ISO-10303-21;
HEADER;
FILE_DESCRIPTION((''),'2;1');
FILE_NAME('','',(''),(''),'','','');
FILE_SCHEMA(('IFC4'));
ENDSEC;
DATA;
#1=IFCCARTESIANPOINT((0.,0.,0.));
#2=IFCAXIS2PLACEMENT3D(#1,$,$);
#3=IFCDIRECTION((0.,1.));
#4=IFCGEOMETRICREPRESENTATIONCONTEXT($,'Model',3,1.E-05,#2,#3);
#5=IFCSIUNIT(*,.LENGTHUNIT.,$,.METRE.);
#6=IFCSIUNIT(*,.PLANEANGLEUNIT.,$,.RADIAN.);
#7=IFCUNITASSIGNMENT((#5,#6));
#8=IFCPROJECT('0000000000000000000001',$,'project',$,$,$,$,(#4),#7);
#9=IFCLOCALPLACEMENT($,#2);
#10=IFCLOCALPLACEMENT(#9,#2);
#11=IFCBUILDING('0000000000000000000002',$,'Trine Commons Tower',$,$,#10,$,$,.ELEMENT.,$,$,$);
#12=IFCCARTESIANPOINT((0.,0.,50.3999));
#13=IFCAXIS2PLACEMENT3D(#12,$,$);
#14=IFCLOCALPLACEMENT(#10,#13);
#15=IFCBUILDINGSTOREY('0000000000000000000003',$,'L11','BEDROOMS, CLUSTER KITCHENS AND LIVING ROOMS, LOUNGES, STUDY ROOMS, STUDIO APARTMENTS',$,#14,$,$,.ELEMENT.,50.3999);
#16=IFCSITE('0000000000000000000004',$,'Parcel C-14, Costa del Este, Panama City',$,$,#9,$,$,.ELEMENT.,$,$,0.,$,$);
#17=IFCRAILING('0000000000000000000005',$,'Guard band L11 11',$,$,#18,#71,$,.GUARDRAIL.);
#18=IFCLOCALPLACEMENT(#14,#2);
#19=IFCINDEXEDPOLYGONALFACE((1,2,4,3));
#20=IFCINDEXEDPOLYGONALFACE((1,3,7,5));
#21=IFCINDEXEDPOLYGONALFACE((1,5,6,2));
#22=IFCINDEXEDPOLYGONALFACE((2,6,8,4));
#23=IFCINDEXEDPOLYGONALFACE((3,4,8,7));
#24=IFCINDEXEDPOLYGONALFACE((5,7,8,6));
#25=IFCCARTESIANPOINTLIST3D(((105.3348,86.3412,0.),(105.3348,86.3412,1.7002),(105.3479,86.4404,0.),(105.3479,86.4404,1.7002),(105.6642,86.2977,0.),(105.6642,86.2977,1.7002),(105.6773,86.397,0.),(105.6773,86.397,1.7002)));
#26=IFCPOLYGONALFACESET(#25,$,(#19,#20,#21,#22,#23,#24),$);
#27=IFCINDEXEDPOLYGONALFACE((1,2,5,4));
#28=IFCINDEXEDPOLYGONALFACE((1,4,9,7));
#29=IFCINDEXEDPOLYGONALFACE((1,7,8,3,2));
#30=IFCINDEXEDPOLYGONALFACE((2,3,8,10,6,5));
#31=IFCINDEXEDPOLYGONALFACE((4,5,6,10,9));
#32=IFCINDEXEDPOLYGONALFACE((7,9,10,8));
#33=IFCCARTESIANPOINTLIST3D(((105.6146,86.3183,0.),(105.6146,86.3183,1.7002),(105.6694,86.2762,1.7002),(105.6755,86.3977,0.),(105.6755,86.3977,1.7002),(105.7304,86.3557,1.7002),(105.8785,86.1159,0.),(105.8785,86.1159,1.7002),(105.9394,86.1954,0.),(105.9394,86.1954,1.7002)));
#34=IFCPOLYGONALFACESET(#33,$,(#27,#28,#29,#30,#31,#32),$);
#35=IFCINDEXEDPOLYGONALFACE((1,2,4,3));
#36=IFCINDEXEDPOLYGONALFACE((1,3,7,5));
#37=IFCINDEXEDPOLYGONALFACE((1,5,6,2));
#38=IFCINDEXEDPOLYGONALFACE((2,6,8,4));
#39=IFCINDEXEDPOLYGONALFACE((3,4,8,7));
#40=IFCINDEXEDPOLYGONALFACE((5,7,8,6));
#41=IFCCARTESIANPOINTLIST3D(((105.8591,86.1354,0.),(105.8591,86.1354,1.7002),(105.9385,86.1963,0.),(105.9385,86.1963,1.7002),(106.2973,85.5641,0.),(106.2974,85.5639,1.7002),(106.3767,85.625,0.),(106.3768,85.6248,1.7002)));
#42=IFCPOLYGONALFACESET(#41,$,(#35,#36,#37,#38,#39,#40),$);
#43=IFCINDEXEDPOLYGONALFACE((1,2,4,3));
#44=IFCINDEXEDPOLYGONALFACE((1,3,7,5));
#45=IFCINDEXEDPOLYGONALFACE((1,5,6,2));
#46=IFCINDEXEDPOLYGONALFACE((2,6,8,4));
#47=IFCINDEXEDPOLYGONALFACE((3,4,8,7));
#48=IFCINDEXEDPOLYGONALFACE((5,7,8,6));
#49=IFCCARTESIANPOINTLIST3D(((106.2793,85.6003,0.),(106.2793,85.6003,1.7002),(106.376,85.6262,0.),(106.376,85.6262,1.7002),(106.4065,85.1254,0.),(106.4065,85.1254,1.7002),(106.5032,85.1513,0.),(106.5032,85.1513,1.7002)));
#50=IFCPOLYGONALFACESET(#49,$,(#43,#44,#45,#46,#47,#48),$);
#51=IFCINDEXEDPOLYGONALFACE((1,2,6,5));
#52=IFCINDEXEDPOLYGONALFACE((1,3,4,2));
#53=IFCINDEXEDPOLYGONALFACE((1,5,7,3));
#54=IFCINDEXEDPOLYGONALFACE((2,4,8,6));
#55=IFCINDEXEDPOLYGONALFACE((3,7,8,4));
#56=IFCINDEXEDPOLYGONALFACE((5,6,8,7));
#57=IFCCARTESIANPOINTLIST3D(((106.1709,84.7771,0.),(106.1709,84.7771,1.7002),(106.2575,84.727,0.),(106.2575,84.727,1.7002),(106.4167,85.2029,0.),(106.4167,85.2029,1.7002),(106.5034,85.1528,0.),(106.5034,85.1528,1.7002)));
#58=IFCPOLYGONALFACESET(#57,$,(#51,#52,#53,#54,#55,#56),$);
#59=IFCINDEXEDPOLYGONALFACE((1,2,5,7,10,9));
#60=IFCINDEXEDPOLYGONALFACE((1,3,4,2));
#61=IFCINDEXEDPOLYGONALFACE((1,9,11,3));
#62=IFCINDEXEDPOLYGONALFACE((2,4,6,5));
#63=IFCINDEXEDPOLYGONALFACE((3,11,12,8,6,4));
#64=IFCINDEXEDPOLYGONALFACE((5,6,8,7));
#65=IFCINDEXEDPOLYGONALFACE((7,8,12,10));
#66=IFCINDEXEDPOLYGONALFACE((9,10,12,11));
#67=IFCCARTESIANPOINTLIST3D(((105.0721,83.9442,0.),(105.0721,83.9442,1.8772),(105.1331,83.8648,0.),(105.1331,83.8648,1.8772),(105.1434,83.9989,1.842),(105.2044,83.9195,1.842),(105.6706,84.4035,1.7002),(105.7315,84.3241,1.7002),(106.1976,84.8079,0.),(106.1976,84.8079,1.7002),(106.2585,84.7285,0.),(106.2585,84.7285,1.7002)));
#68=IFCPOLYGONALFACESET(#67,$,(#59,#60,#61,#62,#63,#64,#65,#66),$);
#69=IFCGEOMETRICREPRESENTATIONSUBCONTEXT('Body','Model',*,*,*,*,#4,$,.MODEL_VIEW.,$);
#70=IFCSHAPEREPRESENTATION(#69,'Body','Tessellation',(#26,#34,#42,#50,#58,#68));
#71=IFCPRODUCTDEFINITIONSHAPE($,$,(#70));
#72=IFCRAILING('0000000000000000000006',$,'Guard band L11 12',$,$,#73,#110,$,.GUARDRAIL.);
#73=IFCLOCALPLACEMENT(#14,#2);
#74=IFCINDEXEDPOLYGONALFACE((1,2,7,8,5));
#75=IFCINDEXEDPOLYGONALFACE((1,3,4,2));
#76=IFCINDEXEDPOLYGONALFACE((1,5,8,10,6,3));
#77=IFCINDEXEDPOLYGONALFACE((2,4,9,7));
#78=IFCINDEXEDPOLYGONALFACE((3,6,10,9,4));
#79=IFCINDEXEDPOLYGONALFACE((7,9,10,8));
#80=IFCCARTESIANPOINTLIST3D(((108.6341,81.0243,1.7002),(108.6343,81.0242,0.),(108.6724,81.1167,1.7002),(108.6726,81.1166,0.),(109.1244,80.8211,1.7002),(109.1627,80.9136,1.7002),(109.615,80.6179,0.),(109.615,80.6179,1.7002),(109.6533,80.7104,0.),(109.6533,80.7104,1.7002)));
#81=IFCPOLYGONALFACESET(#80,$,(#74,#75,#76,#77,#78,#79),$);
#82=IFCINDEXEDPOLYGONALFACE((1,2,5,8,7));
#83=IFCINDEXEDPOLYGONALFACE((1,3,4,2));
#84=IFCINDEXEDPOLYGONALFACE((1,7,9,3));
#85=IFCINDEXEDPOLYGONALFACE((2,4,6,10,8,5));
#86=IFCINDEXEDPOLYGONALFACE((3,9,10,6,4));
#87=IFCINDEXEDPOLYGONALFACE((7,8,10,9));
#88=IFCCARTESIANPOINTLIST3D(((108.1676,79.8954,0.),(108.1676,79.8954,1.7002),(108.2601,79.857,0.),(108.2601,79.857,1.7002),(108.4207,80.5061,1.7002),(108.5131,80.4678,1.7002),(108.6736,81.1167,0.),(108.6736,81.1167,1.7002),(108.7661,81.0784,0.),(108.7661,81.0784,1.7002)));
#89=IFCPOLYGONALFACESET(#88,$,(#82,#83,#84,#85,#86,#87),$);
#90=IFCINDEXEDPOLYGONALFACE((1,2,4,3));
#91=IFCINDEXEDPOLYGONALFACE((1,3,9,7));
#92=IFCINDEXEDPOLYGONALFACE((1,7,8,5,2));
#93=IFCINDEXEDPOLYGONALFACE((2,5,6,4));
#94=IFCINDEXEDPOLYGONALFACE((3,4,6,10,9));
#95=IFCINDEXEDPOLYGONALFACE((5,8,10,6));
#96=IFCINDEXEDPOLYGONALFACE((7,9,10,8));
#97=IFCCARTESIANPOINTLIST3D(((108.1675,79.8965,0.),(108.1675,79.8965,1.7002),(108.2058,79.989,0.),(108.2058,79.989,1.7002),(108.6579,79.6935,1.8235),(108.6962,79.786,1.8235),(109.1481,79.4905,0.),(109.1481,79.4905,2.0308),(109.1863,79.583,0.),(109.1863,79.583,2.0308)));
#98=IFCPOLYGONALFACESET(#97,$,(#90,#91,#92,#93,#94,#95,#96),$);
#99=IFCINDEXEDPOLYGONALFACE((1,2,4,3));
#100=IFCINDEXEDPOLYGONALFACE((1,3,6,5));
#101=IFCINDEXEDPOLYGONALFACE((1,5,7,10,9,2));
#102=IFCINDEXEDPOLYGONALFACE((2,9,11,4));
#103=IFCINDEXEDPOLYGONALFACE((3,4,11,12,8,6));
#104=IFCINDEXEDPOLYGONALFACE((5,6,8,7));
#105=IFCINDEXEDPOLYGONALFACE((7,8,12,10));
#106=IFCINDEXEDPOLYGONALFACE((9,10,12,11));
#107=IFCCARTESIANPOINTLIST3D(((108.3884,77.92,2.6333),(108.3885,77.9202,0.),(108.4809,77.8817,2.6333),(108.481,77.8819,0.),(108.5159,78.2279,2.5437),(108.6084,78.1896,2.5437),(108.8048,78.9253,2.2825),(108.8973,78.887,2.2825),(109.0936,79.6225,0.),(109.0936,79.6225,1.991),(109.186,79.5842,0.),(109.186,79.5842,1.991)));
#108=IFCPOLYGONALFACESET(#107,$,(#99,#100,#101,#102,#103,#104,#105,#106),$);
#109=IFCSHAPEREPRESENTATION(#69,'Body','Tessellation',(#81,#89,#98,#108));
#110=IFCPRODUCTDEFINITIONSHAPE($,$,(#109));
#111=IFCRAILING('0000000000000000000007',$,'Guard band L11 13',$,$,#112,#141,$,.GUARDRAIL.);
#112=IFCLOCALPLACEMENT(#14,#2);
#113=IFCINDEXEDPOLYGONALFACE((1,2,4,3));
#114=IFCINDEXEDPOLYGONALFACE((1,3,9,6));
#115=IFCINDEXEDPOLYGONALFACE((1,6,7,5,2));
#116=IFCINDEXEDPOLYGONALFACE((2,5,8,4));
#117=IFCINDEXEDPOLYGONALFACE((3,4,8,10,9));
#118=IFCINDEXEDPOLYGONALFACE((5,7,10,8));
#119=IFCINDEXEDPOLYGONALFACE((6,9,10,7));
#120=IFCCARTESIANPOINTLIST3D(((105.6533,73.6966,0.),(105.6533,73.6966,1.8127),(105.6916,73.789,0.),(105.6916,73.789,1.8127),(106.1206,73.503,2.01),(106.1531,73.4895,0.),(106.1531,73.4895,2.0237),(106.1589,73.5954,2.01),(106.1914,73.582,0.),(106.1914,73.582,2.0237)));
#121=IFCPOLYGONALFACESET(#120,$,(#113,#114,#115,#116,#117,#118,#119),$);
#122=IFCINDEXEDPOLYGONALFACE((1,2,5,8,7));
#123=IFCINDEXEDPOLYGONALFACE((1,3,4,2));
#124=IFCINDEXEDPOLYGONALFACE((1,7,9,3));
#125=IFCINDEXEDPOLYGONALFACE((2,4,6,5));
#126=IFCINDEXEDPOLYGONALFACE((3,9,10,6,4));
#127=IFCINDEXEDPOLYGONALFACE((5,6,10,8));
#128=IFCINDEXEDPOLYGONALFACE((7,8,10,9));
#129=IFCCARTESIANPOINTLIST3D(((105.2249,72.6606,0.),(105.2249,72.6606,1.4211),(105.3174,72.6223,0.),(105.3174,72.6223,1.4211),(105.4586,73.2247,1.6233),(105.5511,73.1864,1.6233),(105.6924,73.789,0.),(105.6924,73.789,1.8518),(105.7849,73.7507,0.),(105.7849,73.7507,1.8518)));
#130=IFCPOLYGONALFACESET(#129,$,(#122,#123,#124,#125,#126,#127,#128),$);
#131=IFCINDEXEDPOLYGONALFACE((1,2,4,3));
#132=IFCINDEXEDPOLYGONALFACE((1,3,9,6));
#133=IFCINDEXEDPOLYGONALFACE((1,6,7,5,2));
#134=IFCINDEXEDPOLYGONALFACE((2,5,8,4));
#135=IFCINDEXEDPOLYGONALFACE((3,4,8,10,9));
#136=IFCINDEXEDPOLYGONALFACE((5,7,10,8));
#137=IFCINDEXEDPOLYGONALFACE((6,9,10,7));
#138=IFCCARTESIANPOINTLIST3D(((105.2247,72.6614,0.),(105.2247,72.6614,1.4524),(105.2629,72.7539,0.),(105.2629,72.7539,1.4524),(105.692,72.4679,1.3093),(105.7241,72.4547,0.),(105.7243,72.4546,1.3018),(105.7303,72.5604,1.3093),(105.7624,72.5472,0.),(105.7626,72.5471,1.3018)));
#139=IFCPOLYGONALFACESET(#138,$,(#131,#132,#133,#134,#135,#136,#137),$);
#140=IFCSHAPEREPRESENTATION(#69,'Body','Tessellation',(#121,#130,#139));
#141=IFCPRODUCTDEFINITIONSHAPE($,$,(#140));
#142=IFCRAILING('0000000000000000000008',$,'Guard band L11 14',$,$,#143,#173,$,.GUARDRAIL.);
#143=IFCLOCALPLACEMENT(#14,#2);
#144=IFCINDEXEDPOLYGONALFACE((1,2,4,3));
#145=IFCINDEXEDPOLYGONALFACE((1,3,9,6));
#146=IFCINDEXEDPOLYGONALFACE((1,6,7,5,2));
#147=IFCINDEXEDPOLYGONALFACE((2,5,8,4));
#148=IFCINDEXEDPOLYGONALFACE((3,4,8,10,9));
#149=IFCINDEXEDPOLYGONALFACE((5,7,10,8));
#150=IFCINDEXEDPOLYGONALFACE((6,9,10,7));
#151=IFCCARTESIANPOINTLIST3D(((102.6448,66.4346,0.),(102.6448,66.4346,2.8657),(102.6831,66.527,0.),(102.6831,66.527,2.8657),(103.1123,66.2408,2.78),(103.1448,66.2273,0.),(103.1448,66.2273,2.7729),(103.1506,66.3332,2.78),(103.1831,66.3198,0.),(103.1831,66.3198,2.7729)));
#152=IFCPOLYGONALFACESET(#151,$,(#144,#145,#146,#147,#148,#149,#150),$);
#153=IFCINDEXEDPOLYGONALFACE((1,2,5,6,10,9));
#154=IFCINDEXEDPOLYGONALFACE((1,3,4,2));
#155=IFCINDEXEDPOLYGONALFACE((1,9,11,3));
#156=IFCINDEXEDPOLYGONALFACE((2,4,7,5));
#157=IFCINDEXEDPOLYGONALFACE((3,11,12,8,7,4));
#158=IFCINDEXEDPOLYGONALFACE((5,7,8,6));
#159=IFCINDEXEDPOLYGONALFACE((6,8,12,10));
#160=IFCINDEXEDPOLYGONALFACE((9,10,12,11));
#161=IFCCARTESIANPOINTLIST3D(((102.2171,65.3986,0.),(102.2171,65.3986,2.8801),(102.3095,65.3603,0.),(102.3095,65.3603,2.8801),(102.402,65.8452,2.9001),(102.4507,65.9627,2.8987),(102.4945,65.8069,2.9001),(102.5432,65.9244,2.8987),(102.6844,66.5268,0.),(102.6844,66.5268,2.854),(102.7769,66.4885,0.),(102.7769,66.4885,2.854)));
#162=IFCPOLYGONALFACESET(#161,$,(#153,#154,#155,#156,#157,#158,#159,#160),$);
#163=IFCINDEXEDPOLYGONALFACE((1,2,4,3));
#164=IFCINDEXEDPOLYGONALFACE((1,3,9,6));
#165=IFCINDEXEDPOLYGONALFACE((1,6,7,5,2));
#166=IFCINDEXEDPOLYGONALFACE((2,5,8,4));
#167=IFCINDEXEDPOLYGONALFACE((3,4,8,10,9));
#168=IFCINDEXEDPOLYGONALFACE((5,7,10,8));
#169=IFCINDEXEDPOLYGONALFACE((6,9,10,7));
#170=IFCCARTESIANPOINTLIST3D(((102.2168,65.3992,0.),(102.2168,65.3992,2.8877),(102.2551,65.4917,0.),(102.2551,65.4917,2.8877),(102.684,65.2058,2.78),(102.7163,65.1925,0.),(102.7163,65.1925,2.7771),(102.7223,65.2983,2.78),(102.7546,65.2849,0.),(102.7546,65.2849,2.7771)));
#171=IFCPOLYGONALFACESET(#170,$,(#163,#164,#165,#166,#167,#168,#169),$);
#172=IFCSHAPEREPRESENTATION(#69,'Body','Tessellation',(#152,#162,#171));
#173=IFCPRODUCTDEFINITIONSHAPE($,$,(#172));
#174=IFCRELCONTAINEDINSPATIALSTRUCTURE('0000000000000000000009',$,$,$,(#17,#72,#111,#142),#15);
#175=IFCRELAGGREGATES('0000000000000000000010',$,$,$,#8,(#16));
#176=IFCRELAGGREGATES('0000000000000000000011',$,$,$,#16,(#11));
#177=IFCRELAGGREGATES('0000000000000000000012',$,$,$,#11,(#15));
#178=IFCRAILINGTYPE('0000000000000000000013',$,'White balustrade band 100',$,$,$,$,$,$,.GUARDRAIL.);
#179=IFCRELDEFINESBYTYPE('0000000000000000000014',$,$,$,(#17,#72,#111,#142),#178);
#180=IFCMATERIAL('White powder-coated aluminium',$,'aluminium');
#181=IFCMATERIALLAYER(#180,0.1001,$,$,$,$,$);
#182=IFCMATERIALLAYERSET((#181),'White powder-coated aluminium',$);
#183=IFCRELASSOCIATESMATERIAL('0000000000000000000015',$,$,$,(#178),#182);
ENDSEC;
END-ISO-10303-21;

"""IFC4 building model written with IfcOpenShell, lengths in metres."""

from ifc_helpers import new_model, entity, si_unit, direction, frame, origin, place, context, subcontext, project, spatial, polyline, outline, extrude, material, layer, layer_set, type_object, element, save


model = new_model("IFC4")

# Units and contexts
model_context = context("Model", 3, precision=1e-05, world=origin(), true_north=direction((0.0, 1.0)))
body_context = subcontext(model_context, "Body", "Model", "MODEL_VIEW")
ifc_project = project(units=[si_unit("LENGTHUNIT", "METRE"), si_unit("PLANEANGLEUNIT", "RADIAN")], contexts=[model_context])

# Site, building, storey
site_placement = place(None, origin())
site = spatial("IfcSite", under=ifc_project, at=site_placement, Name="Parcel C-14, Costa del Este, Panama City", CompositionType="ELEMENT", RefElevation=0.0)
building_placement = place(site_placement, origin())
building = spatial("IfcBuilding", under=site, at=building_placement, Name="Trine Commons Tower", CompositionType="ELEMENT")
storey_placement = place(building_placement, frame((0.0, 0.0, 50.3999)))
storey = spatial("IfcBuildingStorey", under=building, at=storey_placement, Name="L11", Description="BEDROOMS, CLUSTER KITCHENS AND LIVING ROOMS, LOUNGES, STUDY ROOMS, STUDIO APARTMENTS", CompositionType="ELEMENT", Elevation=50.3999)

# Railings
ifc_material_1 = material(Name="White powder-coated aluminium", Category="aluminium")
ifc_layer_1 = layer(ifc_material_1, 0.1001)
ifc_layer_set_1 = layer_set([ifc_layer_1], Name="White powder-coated aluminium")
railing_type = type_object("IfcRailingType", Name="White balustrade band 100", PredefinedType="GUARDRAIL", material=ifc_layer_set_1)
cartesian_point = entity("IfcCartesianPoint", [0.0, 0.0])
shared_polyline = entity("IfcPolyline", [cartesian_point, entity("IfcCartesianPoint", [0.4917, 0.0]), entity("IfcCartesianPoint", [0.4917, 1.7002]), entity("IfcCartesianPoint", [0.0, 1.7002]), cartesian_point])
railing_1_placement = place(storey_placement, origin())
element("IfcRailing", 1, at=railing_1_placement, inside=storey, type_object=railing_type, Name="Guard band L11 11", PredefinedType="GUARDRAIL", context=body_context, shape_type="SweptSolid", body=[
    extrude(outline(polyline([(0.0, 0.0), (0.3323, 0.0), (0.3323, 1.7002), (0.0, 1.7002), (0.0, 0.0)])), frame((105.3479, 86.4404, 0.0), z_axis=(-0.130816, -0.991407, 0.0), x_axis=(0.991407, -0.130816, 0.0)), (0.0, 0.0, 1.0), 0.1001),
    extrude(outline(polyline([(0.0, 0.0), (0.3325, 0.0), (0.3325, 1.7002), (0.0691, 1.7002), (0.0, 1.7002), (0.0, 0.0)])), frame((105.6755, 86.3977, 0.0), z_axis=(-0.608539, -0.793524, 0.0), x_axis=(0.793524, -0.608539, 0.0)), (0.0, 0.0, 1.0), 0.1001),
    extrude(outline(polyline([(0.0, 0.0), (0.72, 0.0), (0.7202, 1.7002), (0.0, 1.7002), (0.0, 0.0)])), frame((105.9385, 86.1963, 0.0), z_axis=(-0.793443, -0.608645, 0.0), x_axis=(0.608645, -0.793443, 0.0)), (0.0, 0.0, 1.0), 0.1001),
    entity("IfcExtrudedAreaSolid", entity("IfcArbitraryClosedProfileDef", "AREA", None, shared_polyline), entity("IfcAxis2Placement3D", entity("IfcCartesianPoint", [106.376, 85.6262, 0.0]), entity("IfcDirection", [-0.965946, -0.258744, 0.0]), entity("IfcDirection", [0.258744, -0.965946, 0.0])), entity("IfcDirection", [0.0, 0.0, 1.0]), 0.1001),
    entity("IfcExtrudedAreaSolid", entity("IfcArbitraryClosedProfileDef", "AREA", None, shared_polyline), entity("IfcAxis2Placement3D", entity("IfcCartesianPoint", [106.5034, 85.1528, 0.0]), entity("IfcDirection", [-0.866004, 0.500038, 0.0]), entity("IfcDirection", [-0.500038, -0.866004, 0.0])), entity("IfcDirection", [0.0, 0.0, 1.0]), 0.1001),
    extrude(outline(polyline([(0.0, 0.0), (1.4187, 0.0), (1.4187, 1.8772), (1.3289, 1.842), (0.6643, 1.7002), (0.0, 1.7002), (0.0, 0.0)])), frame((106.2585, 84.7285, 0.0), z_axis=(-0.608829, 0.793302, 0.0), x_axis=(-0.793302, -0.608829, 0.0)), (0.0, 0.0, 1.0), 0.1001),
])
railing_2_placement = place(storey_placement, origin())
element("IfcRailing", 2, at=railing_2_placement, inside=storey, type_object=railing_type, Name="Guard band L11 12", PredefinedType="GUARDRAIL", context=body_context, shape_type="SweptSolid", body=[
    extrude(outline(polyline([(0.0, 0.0), (1.0615, 0.0), (1.0618, 1.7002), (0.531, 1.7002), (0.0, 1.7002), (0.0, 0.0)])), frame((109.615, 80.6179, 0.0), z_axis=(0.382704, 0.923871, 0.0), x_axis=(-0.923871, 0.382704, 0.0)), (0.0, 0.0, 1.0), 0.1001),
    extrude(outline(polyline([(0.0, 0.0), (1.322, 0.0), (1.322, 1.7002), (0.6609, 1.7002), (0.0, 1.7002), (0.0, 0.0)])), frame((108.7661, 81.0784, 0.0), z_axis=(-0.923835, 0.382792, 0.0), x_axis=(-0.382792, -0.923835, 0.0)), (0.0, 0.0, 1.0), 0.1001),
    extrude(outline(polyline([(0.0, 0.0), (1.0613, 0.0), (1.0613, 2.0308), (0.5308, 1.8235), (0.0, 1.7002), (0.0, 0.0)])), frame((108.2058, 79.989, 0.0), z_axis=(-0.382589, -0.923919, 0.0), x_axis=(0.923919, -0.382589, 0.0)), (0.0, 0.0, 1.0), 0.1001),
    extrude(outline(polyline([(0.0, 0.0), (1.8425, 0.0), (1.8428, 2.6333), (1.5095, 2.5437), (0.7546, 2.2825), (0.0, 1.991), (0.0, 0.0)])), frame((109.186, 79.5842, 0.0), z_axis=(-0.923894, 0.382648, 0.0), x_axis=(-0.382648, -0.923894, 0.0)), (0.0, 0.0, 1.0), 0.1001),
])
railing_3_placement = place(storey_placement, origin())
element("IfcRailing", 3, at=railing_3_placement, inside=storey, type_object=railing_type, Name="Guard band L11 13", PredefinedType="GUARDRAIL", context=body_context, shape_type="SweptSolid", body=[
    extrude(outline(polyline([(0.0, 0.0), (0.541, 0.0), (0.541, 1.8127), (0.0352, 2.01), (0.0, 2.0237), (0.0, 0.0)])), frame((106.1531, 73.4895, 0.0), z_axis=(0.382724, 0.923863, 0.0), x_axis=(-0.923863, 0.382724, 0.0)), (0.0, 0.0, 1.0), 0.1001),
    extrude(outline(polyline([(0.0, 0.0), (1.2214, 0.0), (1.2214, 1.4211), (0.6108, 1.6233), (0.0, 1.8518), (0.0, 0.0)])), frame((105.7849, 73.7507, 0.0), z_axis=(-0.923844, 0.38277, 0.0), x_axis=(-0.38277, -0.923844, 0.0)), (0.0, 0.0, 1.0), 0.1001),
    extrude(outline(polyline([(0.0, 0.0), (0.5405, 0.0), (0.5408, 1.3018), (0.5059, 1.3093), (0.0, 1.4524), (0.0, 0.0)])), frame((105.2629, 72.7539, 0.0), z_axis=(-0.382498, -0.923956, 0.0), x_axis=(0.923956, -0.382498, 0.0)), (0.0, 0.0, 1.0), 0.1001),
])
railing_4_placement = place(storey_placement, origin())
element("IfcRailing", 4, at=railing_4_placement, inside=storey, type_object=railing_type, Name="Guard band L11 14", PredefinedType="GUARDRAIL", context=body_context, shape_type="SweptSolid", body=[
    extrude(outline(polyline([(0.0, 0.0), (0.5413, 0.0), (0.5413, 2.8657), (0.0352, 2.78), (0.0, 2.7729), (0.0, 0.0)])), frame((103.1448, 66.2273, 0.0), z_axis=(0.382949, 0.923769, 0.0), x_axis=(-0.923769, 0.382949, 0.0)), (0.0, 0.0, 1.0), 0.1001),
    extrude(outline(polyline([(0.0, 0.0), (1.2212, 0.0), (1.2212, 2.8801), (0.7378, 2.9001), (0.6106, 2.8987), (0.0, 2.854), (0.0, 0.0)])), frame((102.7769, 66.4885, 0.0), z_axis=(-0.923885, 0.38267, 0.0), x_axis=(-0.38267, -0.923885, 0.0)), (0.0, 0.0, 1.0), 0.1001),
    extrude(outline(polyline([(0.0, 0.0), (0.5405, 0.0), (0.5405, 2.7771), (0.5056, 2.78), (0.0, 2.8877), (0.0, 0.0)])), frame((102.2551, 65.4917, 0.0), z_axis=(-0.382498, -0.923956, 0.0), x_axis=(0.923956, -0.382498, 0.0)), (0.0, 0.0, 1.0), 0.1001),
])

save(model, "model.ifc")
